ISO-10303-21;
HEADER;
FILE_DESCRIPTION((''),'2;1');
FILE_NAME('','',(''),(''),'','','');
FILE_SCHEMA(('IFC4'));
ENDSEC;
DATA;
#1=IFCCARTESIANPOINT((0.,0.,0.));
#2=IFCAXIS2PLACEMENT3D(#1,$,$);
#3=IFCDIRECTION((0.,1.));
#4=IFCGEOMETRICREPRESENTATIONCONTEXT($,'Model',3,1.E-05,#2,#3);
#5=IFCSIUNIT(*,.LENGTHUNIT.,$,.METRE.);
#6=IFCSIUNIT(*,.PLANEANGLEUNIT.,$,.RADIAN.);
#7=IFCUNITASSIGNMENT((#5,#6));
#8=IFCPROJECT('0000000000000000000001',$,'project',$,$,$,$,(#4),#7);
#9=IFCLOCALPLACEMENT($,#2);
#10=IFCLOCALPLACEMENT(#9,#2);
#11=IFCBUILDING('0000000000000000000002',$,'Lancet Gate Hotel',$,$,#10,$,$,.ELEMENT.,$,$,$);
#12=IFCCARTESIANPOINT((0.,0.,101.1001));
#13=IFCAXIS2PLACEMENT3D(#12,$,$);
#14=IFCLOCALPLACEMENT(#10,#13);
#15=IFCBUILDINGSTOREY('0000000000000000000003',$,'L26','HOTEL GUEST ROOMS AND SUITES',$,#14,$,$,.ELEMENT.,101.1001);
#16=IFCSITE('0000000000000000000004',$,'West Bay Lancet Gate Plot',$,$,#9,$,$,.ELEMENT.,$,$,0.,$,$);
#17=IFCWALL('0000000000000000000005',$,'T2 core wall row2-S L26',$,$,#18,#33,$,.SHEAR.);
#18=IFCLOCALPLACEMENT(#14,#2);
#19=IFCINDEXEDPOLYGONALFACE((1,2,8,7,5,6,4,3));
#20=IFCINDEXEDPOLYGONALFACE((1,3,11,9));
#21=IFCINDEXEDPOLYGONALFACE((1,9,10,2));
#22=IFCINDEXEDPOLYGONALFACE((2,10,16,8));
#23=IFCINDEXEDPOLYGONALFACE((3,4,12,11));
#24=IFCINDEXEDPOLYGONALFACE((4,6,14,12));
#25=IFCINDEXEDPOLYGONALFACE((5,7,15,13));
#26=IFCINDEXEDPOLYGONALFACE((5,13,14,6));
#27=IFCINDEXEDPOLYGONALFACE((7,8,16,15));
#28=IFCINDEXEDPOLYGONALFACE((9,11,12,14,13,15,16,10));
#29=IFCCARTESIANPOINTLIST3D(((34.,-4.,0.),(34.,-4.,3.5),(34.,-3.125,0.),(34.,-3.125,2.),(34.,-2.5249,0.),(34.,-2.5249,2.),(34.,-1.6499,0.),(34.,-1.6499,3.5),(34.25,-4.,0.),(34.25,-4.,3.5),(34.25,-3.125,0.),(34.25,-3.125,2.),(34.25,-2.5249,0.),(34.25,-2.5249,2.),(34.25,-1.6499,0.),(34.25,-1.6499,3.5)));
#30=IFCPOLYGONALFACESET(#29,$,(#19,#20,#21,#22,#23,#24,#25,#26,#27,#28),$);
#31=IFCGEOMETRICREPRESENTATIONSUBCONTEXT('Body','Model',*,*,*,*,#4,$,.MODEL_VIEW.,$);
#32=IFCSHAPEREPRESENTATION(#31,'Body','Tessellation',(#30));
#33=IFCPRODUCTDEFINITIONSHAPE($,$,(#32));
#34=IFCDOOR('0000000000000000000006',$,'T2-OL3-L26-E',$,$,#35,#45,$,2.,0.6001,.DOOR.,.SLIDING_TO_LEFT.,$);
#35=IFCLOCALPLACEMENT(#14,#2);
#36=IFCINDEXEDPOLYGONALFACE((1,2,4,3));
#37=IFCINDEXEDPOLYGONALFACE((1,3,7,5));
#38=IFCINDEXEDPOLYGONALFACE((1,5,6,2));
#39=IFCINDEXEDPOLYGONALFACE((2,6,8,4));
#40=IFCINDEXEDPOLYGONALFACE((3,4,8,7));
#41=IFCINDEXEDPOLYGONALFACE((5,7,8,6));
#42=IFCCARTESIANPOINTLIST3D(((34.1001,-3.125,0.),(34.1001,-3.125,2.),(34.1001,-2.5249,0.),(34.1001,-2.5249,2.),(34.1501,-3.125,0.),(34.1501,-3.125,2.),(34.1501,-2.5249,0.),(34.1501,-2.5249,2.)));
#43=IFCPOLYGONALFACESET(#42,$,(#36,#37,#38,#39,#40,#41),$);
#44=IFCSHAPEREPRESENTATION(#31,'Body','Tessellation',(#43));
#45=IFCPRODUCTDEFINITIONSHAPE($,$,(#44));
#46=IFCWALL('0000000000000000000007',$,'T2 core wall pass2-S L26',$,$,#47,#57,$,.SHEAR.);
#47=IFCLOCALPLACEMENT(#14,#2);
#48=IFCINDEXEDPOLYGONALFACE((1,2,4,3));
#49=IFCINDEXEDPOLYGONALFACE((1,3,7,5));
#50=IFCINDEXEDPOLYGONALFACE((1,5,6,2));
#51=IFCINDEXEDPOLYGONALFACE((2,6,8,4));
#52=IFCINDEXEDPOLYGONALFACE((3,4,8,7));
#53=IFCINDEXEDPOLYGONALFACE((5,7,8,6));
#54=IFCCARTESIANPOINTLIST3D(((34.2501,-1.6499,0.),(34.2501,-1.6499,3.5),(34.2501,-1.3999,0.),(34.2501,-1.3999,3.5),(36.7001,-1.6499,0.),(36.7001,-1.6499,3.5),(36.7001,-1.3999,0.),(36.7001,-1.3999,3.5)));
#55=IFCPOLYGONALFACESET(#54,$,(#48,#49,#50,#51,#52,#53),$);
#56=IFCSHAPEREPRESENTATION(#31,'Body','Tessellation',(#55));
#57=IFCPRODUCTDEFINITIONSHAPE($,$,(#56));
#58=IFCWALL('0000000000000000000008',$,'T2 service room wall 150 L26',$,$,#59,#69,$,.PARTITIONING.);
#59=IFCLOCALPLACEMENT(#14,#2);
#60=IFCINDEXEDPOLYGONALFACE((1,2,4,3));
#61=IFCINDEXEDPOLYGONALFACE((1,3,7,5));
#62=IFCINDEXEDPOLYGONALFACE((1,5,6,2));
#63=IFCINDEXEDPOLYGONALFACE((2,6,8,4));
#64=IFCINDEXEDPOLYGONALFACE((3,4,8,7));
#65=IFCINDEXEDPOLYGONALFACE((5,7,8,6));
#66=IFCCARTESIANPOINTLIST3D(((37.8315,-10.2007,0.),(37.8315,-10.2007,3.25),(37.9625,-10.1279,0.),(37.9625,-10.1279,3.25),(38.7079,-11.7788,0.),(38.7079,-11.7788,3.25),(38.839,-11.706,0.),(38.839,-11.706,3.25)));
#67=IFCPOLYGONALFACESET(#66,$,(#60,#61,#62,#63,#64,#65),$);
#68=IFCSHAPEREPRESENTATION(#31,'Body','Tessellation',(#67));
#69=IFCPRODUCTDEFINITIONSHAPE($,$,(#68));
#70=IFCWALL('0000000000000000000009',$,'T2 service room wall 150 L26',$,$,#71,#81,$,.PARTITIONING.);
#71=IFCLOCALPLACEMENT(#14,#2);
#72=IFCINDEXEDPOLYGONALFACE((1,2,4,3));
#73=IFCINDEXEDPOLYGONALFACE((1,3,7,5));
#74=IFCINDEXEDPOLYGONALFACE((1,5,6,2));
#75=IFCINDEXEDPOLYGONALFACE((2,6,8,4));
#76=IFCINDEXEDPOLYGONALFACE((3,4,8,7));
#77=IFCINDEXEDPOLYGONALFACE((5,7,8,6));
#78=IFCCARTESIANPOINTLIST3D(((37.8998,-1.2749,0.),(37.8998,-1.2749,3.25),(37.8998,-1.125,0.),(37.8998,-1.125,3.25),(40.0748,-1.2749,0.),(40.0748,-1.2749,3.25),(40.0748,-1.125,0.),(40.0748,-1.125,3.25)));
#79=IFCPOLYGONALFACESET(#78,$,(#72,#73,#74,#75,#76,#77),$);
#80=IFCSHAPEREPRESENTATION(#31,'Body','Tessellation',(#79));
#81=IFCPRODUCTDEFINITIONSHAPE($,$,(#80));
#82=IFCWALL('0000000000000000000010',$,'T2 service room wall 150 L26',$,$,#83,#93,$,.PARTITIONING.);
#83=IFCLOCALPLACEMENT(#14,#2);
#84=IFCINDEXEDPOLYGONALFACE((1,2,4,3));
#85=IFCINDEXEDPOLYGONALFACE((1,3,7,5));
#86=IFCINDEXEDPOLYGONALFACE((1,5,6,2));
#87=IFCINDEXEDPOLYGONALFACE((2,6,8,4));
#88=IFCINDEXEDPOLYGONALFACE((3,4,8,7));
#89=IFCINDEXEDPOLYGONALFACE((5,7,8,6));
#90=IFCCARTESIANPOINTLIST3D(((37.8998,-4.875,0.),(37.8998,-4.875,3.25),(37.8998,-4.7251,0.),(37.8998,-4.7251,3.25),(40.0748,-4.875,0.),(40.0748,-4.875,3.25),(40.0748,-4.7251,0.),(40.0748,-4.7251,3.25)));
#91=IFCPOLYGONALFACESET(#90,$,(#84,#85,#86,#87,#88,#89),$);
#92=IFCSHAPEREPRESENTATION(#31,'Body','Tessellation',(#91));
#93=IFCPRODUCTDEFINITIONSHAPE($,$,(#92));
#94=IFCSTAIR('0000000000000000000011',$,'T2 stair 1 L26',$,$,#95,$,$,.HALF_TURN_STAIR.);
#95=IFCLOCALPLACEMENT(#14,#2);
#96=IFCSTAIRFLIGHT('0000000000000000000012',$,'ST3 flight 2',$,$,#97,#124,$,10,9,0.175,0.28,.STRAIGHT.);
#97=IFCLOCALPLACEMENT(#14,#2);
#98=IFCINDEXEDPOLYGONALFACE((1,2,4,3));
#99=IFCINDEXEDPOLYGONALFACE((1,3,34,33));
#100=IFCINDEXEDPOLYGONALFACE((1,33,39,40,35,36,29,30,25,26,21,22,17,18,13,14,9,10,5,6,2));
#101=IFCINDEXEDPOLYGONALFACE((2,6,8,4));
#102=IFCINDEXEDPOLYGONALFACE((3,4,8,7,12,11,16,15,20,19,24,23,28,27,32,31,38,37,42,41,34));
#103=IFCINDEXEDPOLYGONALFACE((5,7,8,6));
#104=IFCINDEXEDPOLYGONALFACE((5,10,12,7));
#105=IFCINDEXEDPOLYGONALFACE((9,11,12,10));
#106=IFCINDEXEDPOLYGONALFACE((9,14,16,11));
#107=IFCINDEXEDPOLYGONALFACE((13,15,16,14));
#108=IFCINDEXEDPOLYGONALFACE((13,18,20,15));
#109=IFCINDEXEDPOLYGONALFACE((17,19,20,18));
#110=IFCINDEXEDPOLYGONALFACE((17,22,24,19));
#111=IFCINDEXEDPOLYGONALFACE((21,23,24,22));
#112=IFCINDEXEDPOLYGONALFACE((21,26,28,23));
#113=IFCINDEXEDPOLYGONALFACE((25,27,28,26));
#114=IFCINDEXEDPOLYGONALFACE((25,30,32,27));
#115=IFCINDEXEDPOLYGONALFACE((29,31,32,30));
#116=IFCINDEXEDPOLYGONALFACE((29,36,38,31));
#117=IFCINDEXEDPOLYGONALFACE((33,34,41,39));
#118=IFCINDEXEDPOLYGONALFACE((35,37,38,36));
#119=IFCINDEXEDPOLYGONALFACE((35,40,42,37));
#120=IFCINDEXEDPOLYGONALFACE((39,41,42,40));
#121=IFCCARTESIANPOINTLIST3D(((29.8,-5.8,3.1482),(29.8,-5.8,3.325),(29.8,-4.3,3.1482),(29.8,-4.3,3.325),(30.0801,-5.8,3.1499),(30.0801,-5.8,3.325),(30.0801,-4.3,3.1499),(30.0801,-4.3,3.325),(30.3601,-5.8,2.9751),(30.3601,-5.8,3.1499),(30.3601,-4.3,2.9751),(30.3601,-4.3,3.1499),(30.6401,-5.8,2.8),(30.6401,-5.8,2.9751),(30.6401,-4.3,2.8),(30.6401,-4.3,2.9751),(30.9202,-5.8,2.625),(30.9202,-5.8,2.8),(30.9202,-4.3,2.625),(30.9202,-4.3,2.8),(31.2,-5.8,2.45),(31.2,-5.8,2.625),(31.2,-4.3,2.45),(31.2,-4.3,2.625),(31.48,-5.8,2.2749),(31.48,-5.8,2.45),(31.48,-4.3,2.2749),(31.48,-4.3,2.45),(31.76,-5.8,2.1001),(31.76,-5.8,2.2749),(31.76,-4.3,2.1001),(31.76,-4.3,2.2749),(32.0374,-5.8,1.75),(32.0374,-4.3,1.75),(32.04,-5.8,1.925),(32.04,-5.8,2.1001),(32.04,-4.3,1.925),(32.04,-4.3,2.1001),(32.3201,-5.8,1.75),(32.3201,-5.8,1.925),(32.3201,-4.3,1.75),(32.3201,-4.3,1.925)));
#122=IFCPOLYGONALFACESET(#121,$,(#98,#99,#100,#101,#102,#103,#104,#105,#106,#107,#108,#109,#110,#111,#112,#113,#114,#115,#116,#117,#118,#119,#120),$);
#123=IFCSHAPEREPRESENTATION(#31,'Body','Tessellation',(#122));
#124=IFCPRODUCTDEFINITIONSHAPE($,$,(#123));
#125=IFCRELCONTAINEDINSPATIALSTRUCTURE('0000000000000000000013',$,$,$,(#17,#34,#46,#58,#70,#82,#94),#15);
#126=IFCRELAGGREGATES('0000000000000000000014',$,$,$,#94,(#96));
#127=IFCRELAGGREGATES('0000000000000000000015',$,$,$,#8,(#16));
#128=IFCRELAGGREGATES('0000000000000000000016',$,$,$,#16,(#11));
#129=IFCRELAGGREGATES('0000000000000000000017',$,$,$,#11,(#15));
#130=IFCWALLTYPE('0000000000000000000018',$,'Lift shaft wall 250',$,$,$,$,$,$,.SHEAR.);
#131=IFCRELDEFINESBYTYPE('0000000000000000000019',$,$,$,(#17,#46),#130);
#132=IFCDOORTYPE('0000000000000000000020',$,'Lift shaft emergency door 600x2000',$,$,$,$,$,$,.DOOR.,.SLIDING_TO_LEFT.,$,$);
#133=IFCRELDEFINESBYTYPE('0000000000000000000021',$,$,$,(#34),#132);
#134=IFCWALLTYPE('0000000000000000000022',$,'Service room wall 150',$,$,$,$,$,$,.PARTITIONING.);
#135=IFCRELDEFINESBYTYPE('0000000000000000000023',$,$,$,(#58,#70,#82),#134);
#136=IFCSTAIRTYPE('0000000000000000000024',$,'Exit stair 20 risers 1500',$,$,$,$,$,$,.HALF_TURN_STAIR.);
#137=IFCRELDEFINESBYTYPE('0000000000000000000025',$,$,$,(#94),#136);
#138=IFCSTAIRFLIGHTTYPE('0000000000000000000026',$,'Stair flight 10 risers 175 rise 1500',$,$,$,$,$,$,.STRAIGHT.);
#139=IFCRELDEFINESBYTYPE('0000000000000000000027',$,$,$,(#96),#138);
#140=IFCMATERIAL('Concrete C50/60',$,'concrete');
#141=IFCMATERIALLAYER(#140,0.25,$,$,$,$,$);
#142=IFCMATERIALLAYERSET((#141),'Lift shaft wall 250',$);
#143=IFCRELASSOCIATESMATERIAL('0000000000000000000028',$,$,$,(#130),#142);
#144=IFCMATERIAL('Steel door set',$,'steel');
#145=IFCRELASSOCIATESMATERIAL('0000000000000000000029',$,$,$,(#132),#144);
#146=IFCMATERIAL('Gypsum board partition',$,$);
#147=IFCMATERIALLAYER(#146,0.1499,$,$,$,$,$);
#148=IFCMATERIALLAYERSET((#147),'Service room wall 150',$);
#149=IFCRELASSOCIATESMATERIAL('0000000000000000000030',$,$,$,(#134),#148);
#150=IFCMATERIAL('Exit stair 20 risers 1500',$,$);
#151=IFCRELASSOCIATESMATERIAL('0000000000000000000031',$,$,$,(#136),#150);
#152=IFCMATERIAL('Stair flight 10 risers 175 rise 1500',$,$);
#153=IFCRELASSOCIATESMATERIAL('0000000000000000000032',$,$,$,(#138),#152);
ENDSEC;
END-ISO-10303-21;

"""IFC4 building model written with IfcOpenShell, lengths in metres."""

from ifc_helpers import new_model, si_unit, direction, frame, frame_2d, origin, place, context, subcontext, project, spatial, polyline, rectangle, outline, extrude, material, layer, layer_set, type_object, element, fill, aggregate, save


model = new_model("IFC4")

# Units and contexts
model_context = context("Model", 3, precision=1e-05, world=origin(), true_north=direction((0.0, 1.0)))
body_context = subcontext(model_context, "Body", "Model", "MODEL_VIEW")
ifc_project = project(units=[si_unit("LENGTHUNIT", "METRE"), si_unit("PLANEANGLEUNIT", "RADIAN")], contexts=[model_context])

# Site, building, storey
site_placement = place(None, origin())
site = spatial("IfcSite", under=ifc_project, at=site_placement, Name="West Bay Lancet Gate Plot", CompositionType="ELEMENT", RefElevation=0.0)
building_placement = place(site_placement, origin())
building = spatial("IfcBuilding", under=site, at=building_placement, Name="Lancet Gate Hotel", CompositionType="ELEMENT")
storey_placement = place(building_placement, frame((0.0, 0.0, 101.1001)))
storey = spatial("IfcBuildingStorey", under=building, at=storey_placement, Name="L26", Description="HOTEL GUEST ROOMS AND SUITES", CompositionType="ELEMENT", Elevation=101.1001)

# Wall, opening, door
ifc_material_1 = material(Name="Concrete C50/60", Category="concrete")
ifc_layer_1 = layer(ifc_material_1, 0.25)
ifc_layer_set_1 = layer_set([ifc_layer_1], Name="Lift shaft wall 250")
wall_type_1 = type_object("IfcWallType", Name="Lift shaft wall 250", PredefinedType="SHEAR", material=ifc_layer_set_1)
wall_1_placement = place(storey_placement, frame((34.125, -4.0, 0.0), z_axis=(0.0, 0.0, 1.0), x_axis=(0.0, 1.0, 0.0)))
wall_1 = element("IfcWall", 1, at=wall_1_placement, inside=storey, type_object=wall_type_1, Name="T2 core wall row2-S L26", PredefinedType="SHEAR", context=body_context, shape_type="SweptSolid", body=[
    extrude(rectangle(XDim=2.3501, YDim=0.25, at=frame_2d((1.175, 0.0))), origin(), (0.0, 0.0, 1.0), 3.5),
])
opening_1_placement = place(wall_1_placement, frame((0.875, 0.0, 0.0)))
opening_1 = element("IfcOpeningElement", 2, at=opening_1_placement, cuts=wall_1, PredefinedType="OPENING", context=body_context, shape_type="SweptSolid", body=[
    extrude(rectangle(XDim=0.6001, YDim=2.0, at=frame_2d((0.3, 1.0))), frame((0.0, 0.135, 0.0), z_axis=(0.0, -1.0, 0.0), x_axis=(1.0, 0.0, 0.0)), (0.0, 0.0, 1.0), 0.27),
])
ifc_material_2 = material(Name="Steel door set", Category="steel")
door_type_1 = type_object("IfcDoorType", Name="Lift shaft emergency door 600x2000", OperationType="SLIDING_TO_LEFT", PredefinedType="DOOR", material=ifc_material_2)
door_1_placement = place(opening_1_placement, origin())
door_1 = element("IfcDoor", 3, at=door_1_placement, inside=storey, type_object=door_type_1, Name="T2-OL3-L26-E", OperationType="SLIDING_TO_LEFT", OverallHeight=2.0, OverallWidth=0.6001, PredefinedType="DOOR", context=body_context, shape_type="SweptSolid", body=[
    extrude(rectangle(XDim=0.6001, YDim=2.0, at=frame_2d((0.3, 1.0))), frame((0.0, 0.0249, 0.0), z_axis=(0.0, -1.0, 0.0), x_axis=(1.0, 0.0, 0.0)), (0.0, 0.0, 1.0), 0.05),
])
fill(opening_1, door_1)

# Walls
wall_2_placement = place(storey_placement, frame((34.25, -1.5249, 0.0), z_axis=(0.0, 0.0, 1.0), x_axis=(1.0, 0.0, 0.0)))
element("IfcWall", 4, at=wall_2_placement, inside=storey, type_object=wall_type_1, Name="T2 core wall pass2-S L26", PredefinedType="SHEAR", context=body_context, shape_type="SweptSolid", body=[
    extrude(rectangle(XDim=2.45, YDim=0.25, at=frame_2d((1.2251, 0.0))), origin(), (0.0, 0.0, 1.0), 3.5),
])
ifc_material_3 = material(Name="Gypsum board partition")
ifc_layer_2 = layer(ifc_material_3, 0.1499)
ifc_layer_set_2 = layer_set([ifc_layer_2], Name="Service room wall 150")
wall_type_2 = type_object("IfcWallType", Name="Service room wall 150", PredefinedType="PARTITIONING", material=ifc_layer_set_2)
wall_3_placement = place(storey_placement, frame((38.7734, -11.7424, 0.0), z_axis=(0.0, 0.0, 1.0), x_axis=(-0.485528, 0.874221, 0.0)))
element("IfcWall", 5, at=wall_3_placement, inside=storey, type_object=wall_type_2, Name="T2 service room wall 150 L26", PredefinedType="PARTITIONING", context=body_context, shape_type="SweptSolid", body=[
    extrude(rectangle(XDim=1.8052, YDim=0.1499, at=frame_2d((0.9026, 0.0))), origin(), (0.0, 0.0, 1.0), 3.25),
])
for number, where, z_axis, x_axis, name in (
    (6, (37.8999, -1.2, 0.0), (0.0, 0.0, 1.0), (1.0, 0.0, 0.0), "T2 service room wall 150 L26"),
    (7, (37.8999, -4.8, 0.0), (0.0, 0.0, 1.0), (1.0, 0.0, 0.0), "T2 service room wall 150 L26"),
):
    element("IfcWall", number, at=place(storey_placement, frame(where, z_axis=z_axis, x_axis=x_axis)), inside=storey, type_object=wall_type_2, Name=name, PredefinedType="PARTITIONING", context=body_context, shape_type="SweptSolid", body=[
        extrude(rectangle(XDim=2.175, YDim=0.1499, at=frame_2d((1.0874, 0.0))), origin(), (0.0, 0.0, 1.0), 3.25),
    ])

# Stair, stair flight
ifc_material_4 = material(Name="Exit stair 20 risers 1500")
stair_type = type_object("IfcStairType", Name="Exit stair 20 risers 1500", PredefinedType="HALF_TURN_STAIR", material=ifc_material_4)
stair_placement = place(storey_placement, origin())
stair = element("IfcStair", 8, at=stair_placement, inside=storey, type_object=stair_type, Name="T2 stair 1 L26", PredefinedType="HALF_TURN_STAIR")
ifc_material_5 = material(Name="Stair flight 10 risers 175 rise 1500")
stair_flight_type = type_object("IfcStairFlightType", Name="Stair flight 10 risers 175 rise 1500", PredefinedType="STRAIGHT", material=ifc_material_5)
stair_flight_placement = place(storey_placement, frame((32.3201, -5.05, 1.75), z_axis=(0.0, 0.0, 1.0), x_axis=(-1.0, 0.0, 0.0)))
stair_flight = element("IfcStairFlight", 9, at=stair_flight_placement, type_object=stair_flight_type, Name="ST3 flight 2", NumberOfRisers=10, NumberOfTreads=9, PredefinedType="STRAIGHT", RiserHeight=0.175, TreadLength=0.28, context=body_context, shape_type="SweptSolid", body=[
    extrude(outline(polyline([(0.0, 0.0), (0.0, 0.175), (0.28, 0.175), (0.28, 0.3501), (0.5601, 0.3501), (0.5601, 0.5249), (0.8401, 0.5249), (0.8401, 0.7), (1.1201, 0.7), (1.1201, 0.875), (1.3999, 0.875), (1.3999, 1.05), (1.6799, 1.05), (1.6799, 1.2251), (1.96, 1.2251), (1.96, 1.3999), (2.24, 1.3999), (2.24, 1.575), (2.52, 1.575), (2.52, 1.75), (2.52, 1.3982), (0.2827, 0.0), (0.0, 0.0)])), frame((0.0, 0.75, 0.0), z_axis=(0.0, -1.0, 0.0), x_axis=(1.0, 0.0, 0.0)), (0.0, 0.0, 1.0), 1.5),
])
aggregate(stair, [stair_flight])

save(model, "model.ifc")
